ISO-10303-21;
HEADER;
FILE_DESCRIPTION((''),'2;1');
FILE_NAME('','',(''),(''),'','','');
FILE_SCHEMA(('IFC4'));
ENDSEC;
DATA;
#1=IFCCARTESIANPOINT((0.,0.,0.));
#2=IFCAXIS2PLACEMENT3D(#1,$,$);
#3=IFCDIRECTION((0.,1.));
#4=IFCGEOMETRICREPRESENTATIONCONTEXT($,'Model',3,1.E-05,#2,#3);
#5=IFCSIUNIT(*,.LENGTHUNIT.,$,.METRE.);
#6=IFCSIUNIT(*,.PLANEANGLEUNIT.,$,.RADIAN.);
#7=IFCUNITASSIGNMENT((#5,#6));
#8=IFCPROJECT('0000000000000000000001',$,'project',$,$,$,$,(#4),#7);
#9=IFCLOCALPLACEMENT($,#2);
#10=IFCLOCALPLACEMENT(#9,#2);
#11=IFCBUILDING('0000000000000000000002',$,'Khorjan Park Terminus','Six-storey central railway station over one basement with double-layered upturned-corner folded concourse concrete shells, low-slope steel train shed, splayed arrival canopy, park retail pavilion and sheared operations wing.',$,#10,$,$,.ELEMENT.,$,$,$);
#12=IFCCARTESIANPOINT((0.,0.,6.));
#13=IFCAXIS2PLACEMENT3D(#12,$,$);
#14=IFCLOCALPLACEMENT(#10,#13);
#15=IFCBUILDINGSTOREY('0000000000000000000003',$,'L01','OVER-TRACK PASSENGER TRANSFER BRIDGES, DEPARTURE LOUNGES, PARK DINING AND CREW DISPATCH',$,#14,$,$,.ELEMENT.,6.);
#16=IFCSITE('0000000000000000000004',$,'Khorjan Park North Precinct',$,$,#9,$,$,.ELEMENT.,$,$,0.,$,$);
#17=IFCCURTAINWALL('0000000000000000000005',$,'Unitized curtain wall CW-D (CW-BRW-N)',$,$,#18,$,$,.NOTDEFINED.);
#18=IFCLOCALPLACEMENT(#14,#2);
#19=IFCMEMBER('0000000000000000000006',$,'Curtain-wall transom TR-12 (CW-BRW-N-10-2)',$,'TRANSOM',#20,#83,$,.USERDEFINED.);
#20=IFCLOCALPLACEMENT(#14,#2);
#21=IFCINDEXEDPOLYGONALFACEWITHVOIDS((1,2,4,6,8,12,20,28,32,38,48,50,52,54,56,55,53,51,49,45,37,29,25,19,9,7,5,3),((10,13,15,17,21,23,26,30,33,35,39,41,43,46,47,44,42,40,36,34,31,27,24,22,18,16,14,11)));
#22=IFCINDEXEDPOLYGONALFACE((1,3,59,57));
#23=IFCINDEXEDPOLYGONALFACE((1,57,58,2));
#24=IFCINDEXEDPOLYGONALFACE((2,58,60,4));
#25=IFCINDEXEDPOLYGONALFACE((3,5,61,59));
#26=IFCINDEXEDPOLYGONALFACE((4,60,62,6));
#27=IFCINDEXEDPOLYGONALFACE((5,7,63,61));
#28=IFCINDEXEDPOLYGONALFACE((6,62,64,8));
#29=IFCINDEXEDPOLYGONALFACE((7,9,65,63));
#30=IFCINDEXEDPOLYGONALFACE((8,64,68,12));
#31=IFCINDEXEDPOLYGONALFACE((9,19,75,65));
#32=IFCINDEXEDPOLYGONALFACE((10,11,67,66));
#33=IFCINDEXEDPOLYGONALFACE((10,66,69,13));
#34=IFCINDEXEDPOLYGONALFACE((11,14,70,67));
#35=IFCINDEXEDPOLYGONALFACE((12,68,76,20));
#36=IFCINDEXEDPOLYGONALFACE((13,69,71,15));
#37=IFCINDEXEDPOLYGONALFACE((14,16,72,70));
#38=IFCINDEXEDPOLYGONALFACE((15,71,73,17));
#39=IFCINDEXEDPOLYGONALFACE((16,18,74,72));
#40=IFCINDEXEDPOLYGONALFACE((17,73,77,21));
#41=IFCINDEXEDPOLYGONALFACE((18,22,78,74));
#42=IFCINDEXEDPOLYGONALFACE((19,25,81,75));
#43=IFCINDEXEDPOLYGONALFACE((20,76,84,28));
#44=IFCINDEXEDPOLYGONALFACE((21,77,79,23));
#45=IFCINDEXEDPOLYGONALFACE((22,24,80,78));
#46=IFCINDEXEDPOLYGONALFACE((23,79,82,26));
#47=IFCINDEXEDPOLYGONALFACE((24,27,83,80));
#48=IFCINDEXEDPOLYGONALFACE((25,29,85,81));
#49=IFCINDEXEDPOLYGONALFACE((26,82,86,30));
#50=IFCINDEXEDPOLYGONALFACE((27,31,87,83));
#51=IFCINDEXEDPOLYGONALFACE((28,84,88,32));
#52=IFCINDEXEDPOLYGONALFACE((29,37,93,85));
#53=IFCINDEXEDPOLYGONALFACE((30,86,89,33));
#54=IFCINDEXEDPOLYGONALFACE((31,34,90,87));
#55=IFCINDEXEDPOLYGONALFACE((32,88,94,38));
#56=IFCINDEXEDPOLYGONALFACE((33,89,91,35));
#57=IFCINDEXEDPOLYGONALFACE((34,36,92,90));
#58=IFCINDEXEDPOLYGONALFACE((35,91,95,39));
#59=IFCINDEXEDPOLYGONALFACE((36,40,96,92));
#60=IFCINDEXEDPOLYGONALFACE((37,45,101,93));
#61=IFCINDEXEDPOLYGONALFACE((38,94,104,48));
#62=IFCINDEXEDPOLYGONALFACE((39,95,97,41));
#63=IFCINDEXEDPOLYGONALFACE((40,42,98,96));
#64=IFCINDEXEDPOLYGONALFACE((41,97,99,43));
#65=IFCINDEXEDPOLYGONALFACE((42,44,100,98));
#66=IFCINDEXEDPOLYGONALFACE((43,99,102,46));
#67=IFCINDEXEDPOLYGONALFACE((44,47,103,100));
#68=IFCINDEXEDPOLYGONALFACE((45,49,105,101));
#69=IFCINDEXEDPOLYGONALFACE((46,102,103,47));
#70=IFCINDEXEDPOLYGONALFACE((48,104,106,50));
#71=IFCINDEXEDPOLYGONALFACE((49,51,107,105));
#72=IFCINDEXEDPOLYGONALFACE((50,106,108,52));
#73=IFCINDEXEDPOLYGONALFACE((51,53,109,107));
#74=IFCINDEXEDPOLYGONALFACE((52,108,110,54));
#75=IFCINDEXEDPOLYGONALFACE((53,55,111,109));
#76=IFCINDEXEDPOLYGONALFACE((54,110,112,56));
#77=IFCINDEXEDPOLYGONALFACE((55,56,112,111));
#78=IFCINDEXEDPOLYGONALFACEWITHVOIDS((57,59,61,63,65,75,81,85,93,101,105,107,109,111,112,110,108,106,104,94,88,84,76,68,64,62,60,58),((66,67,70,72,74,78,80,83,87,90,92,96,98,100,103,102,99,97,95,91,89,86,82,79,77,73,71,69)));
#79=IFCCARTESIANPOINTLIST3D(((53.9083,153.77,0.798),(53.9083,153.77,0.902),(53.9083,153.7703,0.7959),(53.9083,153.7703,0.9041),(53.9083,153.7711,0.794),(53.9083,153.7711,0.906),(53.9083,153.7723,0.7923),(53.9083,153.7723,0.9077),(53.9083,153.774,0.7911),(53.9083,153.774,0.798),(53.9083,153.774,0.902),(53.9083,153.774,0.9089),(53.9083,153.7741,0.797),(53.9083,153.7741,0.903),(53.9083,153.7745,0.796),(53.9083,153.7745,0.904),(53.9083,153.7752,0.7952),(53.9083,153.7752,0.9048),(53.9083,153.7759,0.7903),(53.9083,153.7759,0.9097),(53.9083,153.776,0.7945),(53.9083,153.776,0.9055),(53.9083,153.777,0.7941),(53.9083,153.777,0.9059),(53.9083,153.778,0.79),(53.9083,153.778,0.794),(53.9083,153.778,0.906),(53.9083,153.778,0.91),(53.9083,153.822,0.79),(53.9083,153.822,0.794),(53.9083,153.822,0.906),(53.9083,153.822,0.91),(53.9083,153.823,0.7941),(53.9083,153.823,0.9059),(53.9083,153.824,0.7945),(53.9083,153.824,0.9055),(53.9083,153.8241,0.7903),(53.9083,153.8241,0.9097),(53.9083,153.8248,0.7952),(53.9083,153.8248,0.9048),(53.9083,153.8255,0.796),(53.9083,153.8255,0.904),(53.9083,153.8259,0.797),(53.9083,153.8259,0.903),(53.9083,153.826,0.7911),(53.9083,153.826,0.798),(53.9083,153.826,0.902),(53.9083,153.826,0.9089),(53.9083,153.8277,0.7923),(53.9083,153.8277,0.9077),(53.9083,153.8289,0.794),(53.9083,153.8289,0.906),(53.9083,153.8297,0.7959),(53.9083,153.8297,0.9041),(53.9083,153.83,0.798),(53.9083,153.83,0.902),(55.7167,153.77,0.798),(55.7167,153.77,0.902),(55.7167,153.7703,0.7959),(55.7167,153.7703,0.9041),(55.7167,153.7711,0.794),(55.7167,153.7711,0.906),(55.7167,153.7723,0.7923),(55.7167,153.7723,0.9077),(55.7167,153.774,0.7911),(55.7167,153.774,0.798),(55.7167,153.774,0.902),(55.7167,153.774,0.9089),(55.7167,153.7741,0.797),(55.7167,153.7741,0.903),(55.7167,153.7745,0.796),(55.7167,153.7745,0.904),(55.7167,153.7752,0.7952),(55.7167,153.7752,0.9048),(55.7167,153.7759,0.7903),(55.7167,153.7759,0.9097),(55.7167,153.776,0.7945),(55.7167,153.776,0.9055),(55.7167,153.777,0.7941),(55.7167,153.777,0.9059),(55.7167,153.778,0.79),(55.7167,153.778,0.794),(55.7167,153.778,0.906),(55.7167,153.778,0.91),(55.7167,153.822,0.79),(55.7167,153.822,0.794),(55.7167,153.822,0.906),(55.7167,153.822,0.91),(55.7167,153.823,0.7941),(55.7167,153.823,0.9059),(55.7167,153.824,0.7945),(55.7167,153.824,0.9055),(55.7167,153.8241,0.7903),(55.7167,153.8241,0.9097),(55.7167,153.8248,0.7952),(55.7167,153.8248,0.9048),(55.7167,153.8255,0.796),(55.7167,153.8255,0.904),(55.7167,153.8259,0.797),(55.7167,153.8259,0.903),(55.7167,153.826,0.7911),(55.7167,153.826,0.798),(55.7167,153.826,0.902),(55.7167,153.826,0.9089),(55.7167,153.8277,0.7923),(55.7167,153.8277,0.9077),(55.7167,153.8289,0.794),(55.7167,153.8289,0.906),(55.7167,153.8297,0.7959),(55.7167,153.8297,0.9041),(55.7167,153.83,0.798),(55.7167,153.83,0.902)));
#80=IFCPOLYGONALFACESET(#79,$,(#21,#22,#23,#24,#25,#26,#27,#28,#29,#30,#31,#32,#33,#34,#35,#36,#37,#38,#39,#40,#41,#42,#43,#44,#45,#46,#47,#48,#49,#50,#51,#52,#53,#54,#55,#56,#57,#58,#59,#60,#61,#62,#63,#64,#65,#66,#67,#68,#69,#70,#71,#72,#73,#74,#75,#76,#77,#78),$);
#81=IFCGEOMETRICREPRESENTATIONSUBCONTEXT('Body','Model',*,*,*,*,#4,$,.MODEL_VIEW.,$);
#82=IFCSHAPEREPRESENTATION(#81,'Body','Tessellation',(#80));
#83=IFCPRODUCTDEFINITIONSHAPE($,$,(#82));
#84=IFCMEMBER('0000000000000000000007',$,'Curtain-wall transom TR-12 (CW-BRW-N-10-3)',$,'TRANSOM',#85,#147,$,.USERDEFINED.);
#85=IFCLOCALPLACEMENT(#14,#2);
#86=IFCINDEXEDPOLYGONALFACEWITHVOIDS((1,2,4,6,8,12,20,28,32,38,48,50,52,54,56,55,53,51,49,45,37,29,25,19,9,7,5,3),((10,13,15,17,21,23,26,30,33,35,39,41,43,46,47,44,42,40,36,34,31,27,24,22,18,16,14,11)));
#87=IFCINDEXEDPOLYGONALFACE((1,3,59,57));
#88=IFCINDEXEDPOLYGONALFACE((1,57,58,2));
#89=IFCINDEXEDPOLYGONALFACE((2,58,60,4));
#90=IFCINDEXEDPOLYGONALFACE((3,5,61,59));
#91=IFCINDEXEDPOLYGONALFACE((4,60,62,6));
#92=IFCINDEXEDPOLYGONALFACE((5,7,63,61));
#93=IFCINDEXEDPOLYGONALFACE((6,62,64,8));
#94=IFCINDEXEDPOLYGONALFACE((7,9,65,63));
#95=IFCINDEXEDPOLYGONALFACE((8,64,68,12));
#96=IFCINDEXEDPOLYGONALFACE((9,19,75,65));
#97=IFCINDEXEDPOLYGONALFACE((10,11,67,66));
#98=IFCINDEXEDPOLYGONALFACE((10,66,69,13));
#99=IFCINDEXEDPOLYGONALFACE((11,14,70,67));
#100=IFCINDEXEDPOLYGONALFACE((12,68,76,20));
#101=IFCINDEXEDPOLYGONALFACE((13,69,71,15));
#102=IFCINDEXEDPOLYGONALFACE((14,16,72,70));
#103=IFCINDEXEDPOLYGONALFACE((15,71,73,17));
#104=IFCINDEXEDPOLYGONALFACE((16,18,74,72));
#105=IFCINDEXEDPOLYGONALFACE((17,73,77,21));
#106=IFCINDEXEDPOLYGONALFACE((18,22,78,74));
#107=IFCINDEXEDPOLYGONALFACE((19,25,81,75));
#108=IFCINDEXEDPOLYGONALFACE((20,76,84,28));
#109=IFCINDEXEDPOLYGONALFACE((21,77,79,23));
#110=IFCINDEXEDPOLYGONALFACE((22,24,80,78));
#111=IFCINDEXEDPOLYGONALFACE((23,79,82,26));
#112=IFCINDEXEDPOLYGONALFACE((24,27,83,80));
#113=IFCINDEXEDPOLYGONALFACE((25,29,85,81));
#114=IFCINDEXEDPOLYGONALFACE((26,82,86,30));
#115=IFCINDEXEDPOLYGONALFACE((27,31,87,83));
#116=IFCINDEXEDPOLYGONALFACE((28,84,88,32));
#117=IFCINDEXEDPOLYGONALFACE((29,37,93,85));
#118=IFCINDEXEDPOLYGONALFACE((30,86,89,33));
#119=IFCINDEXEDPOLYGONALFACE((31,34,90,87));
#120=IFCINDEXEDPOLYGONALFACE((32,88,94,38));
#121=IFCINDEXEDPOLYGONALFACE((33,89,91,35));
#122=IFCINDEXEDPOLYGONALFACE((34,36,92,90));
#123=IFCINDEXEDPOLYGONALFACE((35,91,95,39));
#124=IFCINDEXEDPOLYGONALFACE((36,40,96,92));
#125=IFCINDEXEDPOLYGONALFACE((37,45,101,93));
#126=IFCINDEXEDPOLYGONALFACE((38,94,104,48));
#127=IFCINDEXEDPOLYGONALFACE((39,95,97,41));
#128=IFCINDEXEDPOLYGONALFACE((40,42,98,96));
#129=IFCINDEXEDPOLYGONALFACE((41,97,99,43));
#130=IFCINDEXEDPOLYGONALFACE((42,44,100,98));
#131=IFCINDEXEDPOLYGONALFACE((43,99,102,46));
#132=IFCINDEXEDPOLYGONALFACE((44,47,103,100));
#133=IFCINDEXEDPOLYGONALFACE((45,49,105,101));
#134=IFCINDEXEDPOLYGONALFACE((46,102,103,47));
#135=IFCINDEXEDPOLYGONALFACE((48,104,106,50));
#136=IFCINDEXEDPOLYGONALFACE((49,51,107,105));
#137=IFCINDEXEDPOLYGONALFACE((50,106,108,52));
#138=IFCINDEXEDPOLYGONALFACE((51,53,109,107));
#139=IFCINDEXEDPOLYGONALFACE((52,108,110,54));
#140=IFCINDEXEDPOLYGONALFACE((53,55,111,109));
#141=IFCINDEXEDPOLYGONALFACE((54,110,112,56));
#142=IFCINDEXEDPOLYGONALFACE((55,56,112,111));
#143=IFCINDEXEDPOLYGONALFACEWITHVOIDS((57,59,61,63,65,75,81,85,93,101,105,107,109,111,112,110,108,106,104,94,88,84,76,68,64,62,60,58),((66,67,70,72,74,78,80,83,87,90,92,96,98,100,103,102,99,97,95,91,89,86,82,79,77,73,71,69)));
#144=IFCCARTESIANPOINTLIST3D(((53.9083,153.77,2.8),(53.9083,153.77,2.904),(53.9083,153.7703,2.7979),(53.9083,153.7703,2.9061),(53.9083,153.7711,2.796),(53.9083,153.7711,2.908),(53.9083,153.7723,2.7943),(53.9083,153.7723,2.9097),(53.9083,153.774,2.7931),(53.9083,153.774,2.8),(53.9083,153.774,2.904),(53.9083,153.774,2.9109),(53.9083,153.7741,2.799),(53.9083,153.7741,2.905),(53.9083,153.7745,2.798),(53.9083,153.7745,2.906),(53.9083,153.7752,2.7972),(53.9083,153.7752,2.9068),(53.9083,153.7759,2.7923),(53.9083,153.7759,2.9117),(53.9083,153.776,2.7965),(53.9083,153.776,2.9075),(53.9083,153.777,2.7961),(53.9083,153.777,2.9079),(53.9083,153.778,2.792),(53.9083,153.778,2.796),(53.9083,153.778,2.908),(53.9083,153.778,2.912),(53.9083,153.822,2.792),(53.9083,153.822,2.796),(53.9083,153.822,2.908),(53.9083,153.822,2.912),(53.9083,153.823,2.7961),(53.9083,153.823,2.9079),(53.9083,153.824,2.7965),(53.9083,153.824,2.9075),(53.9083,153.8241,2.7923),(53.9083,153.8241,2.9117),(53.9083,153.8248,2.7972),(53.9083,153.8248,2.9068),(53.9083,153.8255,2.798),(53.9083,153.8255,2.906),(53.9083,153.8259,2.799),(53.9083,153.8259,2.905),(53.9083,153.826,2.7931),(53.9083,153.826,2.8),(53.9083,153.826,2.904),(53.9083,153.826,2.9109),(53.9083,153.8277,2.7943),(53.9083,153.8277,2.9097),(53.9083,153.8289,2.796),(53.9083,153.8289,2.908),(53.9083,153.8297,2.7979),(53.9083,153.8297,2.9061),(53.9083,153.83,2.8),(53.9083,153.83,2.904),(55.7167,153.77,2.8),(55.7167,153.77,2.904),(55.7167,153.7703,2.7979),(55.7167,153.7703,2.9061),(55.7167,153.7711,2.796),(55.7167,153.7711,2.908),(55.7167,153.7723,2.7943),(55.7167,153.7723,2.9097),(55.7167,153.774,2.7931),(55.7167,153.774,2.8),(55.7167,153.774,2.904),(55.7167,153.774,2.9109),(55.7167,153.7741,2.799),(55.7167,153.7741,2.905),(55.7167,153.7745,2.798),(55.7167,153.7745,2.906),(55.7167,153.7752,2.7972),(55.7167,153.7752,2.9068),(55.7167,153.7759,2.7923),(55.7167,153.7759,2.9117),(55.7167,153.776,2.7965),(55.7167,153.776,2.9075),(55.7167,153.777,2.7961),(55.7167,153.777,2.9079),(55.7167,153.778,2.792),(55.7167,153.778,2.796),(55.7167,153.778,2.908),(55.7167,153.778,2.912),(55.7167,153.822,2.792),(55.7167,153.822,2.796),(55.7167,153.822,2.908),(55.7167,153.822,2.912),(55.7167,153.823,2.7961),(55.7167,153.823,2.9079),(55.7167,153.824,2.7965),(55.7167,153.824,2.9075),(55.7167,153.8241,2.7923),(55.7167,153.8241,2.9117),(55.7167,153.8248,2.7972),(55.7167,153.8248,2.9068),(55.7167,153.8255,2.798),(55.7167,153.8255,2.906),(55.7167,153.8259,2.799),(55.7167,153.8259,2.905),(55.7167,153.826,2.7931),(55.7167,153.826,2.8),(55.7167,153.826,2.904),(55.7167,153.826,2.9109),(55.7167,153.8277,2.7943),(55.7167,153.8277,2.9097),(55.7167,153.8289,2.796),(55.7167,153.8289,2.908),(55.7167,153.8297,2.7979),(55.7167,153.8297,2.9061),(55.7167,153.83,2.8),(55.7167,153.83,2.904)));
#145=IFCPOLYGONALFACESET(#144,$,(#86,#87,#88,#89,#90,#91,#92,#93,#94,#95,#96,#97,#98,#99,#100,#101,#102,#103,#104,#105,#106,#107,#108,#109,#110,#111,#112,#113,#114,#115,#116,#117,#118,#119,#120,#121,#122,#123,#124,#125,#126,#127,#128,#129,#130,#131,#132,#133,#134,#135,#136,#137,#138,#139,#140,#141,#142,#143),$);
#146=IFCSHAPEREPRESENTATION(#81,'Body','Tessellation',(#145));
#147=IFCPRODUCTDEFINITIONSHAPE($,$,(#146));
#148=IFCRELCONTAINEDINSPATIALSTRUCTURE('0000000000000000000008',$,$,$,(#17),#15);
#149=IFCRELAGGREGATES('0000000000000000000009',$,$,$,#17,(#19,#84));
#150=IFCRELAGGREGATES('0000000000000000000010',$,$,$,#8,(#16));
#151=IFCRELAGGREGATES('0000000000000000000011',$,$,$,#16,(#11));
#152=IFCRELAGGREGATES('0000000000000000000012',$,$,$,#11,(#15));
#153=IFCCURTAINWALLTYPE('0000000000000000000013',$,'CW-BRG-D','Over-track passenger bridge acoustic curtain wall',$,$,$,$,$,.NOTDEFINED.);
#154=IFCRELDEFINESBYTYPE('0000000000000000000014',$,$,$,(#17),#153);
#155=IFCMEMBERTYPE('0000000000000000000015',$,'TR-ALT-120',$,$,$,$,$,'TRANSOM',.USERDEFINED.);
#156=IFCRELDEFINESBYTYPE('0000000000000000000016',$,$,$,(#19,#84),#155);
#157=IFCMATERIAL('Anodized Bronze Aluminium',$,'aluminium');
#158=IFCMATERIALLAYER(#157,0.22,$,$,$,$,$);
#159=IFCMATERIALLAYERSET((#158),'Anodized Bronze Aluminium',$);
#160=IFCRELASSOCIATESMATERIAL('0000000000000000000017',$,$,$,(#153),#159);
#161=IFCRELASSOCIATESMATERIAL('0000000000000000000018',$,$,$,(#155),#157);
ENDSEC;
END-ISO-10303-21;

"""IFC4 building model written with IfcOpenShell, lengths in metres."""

from ifc_helpers import new_model, si_unit, direction, frame, origin, origin_2d, place, context, subcontext, project, spatial, hollow_rectangle, extrude, material, layer, layer_set, material_profile, profile_set, type_object, element, aggregate, save


model = new_model("IFC4")

# Units and contexts
model_context = context("Model", 3, precision=1e-05, world=origin(), true_north=direction((0.0, 1.0)))
body_context = subcontext(model_context, "Body", "Model", "MODEL_VIEW")
ifc_project = project(units=[si_unit("LENGTHUNIT", "METRE"), si_unit("PLANEANGLEUNIT", "RADIAN")], contexts=[model_context])

# Site, building, storey
site_placement = place(None, origin())
site = spatial("IfcSite", under=ifc_project, at=site_placement, Name="Khorjan Park North Precinct", CompositionType="ELEMENT", RefElevation=0.0)
building_placement = place(site_placement, origin())
building = spatial("IfcBuilding", under=site, at=building_placement, Name="Khorjan Park Terminus", Description="Six-storey central railway station over one basement with double-layered upturned-corner folded concourse concrete shells, low-slope steel train shed, splayed arrival canopy, park retail pavilion and sheared operations wing.", CompositionType="ELEMENT")
storey_placement = place(building_placement, frame((0.0, 0.0, 6.0)))
storey = spatial("IfcBuildingStorey", under=building, at=storey_placement, Name="L01", Description="OVER-TRACK PASSENGER TRANSFER BRIDGES, DEPARTURE LOUNGES, PARK DINING AND CREW DISPATCH", CompositionType="ELEMENT", Elevation=6.0)

# Curtain wall
ifc_material_1 = material(Name="Anodized Bronze Aluminium", Category="aluminium")
ifc_layer_1 = layer(ifc_material_1, 0.22)
ifc_layer_set_1 = layer_set([ifc_layer_1], Name="Anodized Bronze Aluminium")
curtain_wall_type = type_object("IfcCurtainWallType", Name="CW-BRG-D", Description="Over-track passenger bridge acoustic curtain wall", PredefinedType="NOTDEFINED", material=ifc_layer_set_1)
curtain_wall_1_placement = place(storey_placement, origin())
curtain_wall_1 = element("IfcCurtainWall", 1, at=curtain_wall_1_placement, inside=storey, type_object=curtain_wall_type, Name="Unitized curtain wall CW-D (CW-BRW-N)", PredefinedType="NOTDEFINED")
ifc_material_profile_1 = material_profile(ifc_material_1, hollow_rectangle(XDim=0.06, YDim=0.12, WallThickness=0.004, InnerFilletRadius=0.004, OuterFilletRadius=0.008, at=origin_2d()), Name="ALT 60x120x4")
ifc_profile_set_1 = profile_set([ifc_material_profile_1], Name="Anodized Bronze Aluminium")
member_type_1 = type_object("IfcMemberType", Name="TR-ALT-120", ElementType="TRANSOM", PredefinedType="USERDEFINED", material=ifc_profile_set_1)

# Members
member_1_placement = place(storey_placement, frame((55.7167, 153.8, 0.85), z_axis=(-1.0, 0.0, 0.0), x_axis=(0.0, -1.0, 0.0)))
member_1 = element("IfcMember", 2, at=member_1_placement, type_object=member_type_1, Name="Curtain-wall transom TR-12 (CW-BRW-N-10-2)", ObjectType="TRANSOM", PredefinedType="USERDEFINED", context=body_context, shape_type="SweptSolid", body=[
    extrude(hollow_rectangle(XDim=0.06, YDim=0.12, WallThickness=0.004, InnerFilletRadius=0.004, OuterFilletRadius=0.008, at=origin_2d()), origin(), (0.0, 0.0, 1.0), 1.8084),
])
member_2_placement = place(storey_placement, frame((55.7167, 153.8, 2.852), z_axis=(-1.0, 0.0, 0.0), x_axis=(0.0, -1.0, 0.0)))
member_2 = element("IfcMember", 3, at=member_2_placement, type_object=member_type_1, Name="Curtain-wall transom TR-12 (CW-BRW-N-10-3)", ObjectType="TRANSOM", PredefinedType="USERDEFINED", context=body_context, shape_type="SweptSolid", body=[
    extrude(hollow_rectangle(XDim=0.06, YDim=0.12, WallThickness=0.004, InnerFilletRadius=0.004, OuterFilletRadius=0.008, at=origin_2d()), origin(), (0.0, 0.0, 1.0), 1.8084),
])

aggregate(curtain_wall_1, [member_1, member_2])

save(model, "model.ifc")
